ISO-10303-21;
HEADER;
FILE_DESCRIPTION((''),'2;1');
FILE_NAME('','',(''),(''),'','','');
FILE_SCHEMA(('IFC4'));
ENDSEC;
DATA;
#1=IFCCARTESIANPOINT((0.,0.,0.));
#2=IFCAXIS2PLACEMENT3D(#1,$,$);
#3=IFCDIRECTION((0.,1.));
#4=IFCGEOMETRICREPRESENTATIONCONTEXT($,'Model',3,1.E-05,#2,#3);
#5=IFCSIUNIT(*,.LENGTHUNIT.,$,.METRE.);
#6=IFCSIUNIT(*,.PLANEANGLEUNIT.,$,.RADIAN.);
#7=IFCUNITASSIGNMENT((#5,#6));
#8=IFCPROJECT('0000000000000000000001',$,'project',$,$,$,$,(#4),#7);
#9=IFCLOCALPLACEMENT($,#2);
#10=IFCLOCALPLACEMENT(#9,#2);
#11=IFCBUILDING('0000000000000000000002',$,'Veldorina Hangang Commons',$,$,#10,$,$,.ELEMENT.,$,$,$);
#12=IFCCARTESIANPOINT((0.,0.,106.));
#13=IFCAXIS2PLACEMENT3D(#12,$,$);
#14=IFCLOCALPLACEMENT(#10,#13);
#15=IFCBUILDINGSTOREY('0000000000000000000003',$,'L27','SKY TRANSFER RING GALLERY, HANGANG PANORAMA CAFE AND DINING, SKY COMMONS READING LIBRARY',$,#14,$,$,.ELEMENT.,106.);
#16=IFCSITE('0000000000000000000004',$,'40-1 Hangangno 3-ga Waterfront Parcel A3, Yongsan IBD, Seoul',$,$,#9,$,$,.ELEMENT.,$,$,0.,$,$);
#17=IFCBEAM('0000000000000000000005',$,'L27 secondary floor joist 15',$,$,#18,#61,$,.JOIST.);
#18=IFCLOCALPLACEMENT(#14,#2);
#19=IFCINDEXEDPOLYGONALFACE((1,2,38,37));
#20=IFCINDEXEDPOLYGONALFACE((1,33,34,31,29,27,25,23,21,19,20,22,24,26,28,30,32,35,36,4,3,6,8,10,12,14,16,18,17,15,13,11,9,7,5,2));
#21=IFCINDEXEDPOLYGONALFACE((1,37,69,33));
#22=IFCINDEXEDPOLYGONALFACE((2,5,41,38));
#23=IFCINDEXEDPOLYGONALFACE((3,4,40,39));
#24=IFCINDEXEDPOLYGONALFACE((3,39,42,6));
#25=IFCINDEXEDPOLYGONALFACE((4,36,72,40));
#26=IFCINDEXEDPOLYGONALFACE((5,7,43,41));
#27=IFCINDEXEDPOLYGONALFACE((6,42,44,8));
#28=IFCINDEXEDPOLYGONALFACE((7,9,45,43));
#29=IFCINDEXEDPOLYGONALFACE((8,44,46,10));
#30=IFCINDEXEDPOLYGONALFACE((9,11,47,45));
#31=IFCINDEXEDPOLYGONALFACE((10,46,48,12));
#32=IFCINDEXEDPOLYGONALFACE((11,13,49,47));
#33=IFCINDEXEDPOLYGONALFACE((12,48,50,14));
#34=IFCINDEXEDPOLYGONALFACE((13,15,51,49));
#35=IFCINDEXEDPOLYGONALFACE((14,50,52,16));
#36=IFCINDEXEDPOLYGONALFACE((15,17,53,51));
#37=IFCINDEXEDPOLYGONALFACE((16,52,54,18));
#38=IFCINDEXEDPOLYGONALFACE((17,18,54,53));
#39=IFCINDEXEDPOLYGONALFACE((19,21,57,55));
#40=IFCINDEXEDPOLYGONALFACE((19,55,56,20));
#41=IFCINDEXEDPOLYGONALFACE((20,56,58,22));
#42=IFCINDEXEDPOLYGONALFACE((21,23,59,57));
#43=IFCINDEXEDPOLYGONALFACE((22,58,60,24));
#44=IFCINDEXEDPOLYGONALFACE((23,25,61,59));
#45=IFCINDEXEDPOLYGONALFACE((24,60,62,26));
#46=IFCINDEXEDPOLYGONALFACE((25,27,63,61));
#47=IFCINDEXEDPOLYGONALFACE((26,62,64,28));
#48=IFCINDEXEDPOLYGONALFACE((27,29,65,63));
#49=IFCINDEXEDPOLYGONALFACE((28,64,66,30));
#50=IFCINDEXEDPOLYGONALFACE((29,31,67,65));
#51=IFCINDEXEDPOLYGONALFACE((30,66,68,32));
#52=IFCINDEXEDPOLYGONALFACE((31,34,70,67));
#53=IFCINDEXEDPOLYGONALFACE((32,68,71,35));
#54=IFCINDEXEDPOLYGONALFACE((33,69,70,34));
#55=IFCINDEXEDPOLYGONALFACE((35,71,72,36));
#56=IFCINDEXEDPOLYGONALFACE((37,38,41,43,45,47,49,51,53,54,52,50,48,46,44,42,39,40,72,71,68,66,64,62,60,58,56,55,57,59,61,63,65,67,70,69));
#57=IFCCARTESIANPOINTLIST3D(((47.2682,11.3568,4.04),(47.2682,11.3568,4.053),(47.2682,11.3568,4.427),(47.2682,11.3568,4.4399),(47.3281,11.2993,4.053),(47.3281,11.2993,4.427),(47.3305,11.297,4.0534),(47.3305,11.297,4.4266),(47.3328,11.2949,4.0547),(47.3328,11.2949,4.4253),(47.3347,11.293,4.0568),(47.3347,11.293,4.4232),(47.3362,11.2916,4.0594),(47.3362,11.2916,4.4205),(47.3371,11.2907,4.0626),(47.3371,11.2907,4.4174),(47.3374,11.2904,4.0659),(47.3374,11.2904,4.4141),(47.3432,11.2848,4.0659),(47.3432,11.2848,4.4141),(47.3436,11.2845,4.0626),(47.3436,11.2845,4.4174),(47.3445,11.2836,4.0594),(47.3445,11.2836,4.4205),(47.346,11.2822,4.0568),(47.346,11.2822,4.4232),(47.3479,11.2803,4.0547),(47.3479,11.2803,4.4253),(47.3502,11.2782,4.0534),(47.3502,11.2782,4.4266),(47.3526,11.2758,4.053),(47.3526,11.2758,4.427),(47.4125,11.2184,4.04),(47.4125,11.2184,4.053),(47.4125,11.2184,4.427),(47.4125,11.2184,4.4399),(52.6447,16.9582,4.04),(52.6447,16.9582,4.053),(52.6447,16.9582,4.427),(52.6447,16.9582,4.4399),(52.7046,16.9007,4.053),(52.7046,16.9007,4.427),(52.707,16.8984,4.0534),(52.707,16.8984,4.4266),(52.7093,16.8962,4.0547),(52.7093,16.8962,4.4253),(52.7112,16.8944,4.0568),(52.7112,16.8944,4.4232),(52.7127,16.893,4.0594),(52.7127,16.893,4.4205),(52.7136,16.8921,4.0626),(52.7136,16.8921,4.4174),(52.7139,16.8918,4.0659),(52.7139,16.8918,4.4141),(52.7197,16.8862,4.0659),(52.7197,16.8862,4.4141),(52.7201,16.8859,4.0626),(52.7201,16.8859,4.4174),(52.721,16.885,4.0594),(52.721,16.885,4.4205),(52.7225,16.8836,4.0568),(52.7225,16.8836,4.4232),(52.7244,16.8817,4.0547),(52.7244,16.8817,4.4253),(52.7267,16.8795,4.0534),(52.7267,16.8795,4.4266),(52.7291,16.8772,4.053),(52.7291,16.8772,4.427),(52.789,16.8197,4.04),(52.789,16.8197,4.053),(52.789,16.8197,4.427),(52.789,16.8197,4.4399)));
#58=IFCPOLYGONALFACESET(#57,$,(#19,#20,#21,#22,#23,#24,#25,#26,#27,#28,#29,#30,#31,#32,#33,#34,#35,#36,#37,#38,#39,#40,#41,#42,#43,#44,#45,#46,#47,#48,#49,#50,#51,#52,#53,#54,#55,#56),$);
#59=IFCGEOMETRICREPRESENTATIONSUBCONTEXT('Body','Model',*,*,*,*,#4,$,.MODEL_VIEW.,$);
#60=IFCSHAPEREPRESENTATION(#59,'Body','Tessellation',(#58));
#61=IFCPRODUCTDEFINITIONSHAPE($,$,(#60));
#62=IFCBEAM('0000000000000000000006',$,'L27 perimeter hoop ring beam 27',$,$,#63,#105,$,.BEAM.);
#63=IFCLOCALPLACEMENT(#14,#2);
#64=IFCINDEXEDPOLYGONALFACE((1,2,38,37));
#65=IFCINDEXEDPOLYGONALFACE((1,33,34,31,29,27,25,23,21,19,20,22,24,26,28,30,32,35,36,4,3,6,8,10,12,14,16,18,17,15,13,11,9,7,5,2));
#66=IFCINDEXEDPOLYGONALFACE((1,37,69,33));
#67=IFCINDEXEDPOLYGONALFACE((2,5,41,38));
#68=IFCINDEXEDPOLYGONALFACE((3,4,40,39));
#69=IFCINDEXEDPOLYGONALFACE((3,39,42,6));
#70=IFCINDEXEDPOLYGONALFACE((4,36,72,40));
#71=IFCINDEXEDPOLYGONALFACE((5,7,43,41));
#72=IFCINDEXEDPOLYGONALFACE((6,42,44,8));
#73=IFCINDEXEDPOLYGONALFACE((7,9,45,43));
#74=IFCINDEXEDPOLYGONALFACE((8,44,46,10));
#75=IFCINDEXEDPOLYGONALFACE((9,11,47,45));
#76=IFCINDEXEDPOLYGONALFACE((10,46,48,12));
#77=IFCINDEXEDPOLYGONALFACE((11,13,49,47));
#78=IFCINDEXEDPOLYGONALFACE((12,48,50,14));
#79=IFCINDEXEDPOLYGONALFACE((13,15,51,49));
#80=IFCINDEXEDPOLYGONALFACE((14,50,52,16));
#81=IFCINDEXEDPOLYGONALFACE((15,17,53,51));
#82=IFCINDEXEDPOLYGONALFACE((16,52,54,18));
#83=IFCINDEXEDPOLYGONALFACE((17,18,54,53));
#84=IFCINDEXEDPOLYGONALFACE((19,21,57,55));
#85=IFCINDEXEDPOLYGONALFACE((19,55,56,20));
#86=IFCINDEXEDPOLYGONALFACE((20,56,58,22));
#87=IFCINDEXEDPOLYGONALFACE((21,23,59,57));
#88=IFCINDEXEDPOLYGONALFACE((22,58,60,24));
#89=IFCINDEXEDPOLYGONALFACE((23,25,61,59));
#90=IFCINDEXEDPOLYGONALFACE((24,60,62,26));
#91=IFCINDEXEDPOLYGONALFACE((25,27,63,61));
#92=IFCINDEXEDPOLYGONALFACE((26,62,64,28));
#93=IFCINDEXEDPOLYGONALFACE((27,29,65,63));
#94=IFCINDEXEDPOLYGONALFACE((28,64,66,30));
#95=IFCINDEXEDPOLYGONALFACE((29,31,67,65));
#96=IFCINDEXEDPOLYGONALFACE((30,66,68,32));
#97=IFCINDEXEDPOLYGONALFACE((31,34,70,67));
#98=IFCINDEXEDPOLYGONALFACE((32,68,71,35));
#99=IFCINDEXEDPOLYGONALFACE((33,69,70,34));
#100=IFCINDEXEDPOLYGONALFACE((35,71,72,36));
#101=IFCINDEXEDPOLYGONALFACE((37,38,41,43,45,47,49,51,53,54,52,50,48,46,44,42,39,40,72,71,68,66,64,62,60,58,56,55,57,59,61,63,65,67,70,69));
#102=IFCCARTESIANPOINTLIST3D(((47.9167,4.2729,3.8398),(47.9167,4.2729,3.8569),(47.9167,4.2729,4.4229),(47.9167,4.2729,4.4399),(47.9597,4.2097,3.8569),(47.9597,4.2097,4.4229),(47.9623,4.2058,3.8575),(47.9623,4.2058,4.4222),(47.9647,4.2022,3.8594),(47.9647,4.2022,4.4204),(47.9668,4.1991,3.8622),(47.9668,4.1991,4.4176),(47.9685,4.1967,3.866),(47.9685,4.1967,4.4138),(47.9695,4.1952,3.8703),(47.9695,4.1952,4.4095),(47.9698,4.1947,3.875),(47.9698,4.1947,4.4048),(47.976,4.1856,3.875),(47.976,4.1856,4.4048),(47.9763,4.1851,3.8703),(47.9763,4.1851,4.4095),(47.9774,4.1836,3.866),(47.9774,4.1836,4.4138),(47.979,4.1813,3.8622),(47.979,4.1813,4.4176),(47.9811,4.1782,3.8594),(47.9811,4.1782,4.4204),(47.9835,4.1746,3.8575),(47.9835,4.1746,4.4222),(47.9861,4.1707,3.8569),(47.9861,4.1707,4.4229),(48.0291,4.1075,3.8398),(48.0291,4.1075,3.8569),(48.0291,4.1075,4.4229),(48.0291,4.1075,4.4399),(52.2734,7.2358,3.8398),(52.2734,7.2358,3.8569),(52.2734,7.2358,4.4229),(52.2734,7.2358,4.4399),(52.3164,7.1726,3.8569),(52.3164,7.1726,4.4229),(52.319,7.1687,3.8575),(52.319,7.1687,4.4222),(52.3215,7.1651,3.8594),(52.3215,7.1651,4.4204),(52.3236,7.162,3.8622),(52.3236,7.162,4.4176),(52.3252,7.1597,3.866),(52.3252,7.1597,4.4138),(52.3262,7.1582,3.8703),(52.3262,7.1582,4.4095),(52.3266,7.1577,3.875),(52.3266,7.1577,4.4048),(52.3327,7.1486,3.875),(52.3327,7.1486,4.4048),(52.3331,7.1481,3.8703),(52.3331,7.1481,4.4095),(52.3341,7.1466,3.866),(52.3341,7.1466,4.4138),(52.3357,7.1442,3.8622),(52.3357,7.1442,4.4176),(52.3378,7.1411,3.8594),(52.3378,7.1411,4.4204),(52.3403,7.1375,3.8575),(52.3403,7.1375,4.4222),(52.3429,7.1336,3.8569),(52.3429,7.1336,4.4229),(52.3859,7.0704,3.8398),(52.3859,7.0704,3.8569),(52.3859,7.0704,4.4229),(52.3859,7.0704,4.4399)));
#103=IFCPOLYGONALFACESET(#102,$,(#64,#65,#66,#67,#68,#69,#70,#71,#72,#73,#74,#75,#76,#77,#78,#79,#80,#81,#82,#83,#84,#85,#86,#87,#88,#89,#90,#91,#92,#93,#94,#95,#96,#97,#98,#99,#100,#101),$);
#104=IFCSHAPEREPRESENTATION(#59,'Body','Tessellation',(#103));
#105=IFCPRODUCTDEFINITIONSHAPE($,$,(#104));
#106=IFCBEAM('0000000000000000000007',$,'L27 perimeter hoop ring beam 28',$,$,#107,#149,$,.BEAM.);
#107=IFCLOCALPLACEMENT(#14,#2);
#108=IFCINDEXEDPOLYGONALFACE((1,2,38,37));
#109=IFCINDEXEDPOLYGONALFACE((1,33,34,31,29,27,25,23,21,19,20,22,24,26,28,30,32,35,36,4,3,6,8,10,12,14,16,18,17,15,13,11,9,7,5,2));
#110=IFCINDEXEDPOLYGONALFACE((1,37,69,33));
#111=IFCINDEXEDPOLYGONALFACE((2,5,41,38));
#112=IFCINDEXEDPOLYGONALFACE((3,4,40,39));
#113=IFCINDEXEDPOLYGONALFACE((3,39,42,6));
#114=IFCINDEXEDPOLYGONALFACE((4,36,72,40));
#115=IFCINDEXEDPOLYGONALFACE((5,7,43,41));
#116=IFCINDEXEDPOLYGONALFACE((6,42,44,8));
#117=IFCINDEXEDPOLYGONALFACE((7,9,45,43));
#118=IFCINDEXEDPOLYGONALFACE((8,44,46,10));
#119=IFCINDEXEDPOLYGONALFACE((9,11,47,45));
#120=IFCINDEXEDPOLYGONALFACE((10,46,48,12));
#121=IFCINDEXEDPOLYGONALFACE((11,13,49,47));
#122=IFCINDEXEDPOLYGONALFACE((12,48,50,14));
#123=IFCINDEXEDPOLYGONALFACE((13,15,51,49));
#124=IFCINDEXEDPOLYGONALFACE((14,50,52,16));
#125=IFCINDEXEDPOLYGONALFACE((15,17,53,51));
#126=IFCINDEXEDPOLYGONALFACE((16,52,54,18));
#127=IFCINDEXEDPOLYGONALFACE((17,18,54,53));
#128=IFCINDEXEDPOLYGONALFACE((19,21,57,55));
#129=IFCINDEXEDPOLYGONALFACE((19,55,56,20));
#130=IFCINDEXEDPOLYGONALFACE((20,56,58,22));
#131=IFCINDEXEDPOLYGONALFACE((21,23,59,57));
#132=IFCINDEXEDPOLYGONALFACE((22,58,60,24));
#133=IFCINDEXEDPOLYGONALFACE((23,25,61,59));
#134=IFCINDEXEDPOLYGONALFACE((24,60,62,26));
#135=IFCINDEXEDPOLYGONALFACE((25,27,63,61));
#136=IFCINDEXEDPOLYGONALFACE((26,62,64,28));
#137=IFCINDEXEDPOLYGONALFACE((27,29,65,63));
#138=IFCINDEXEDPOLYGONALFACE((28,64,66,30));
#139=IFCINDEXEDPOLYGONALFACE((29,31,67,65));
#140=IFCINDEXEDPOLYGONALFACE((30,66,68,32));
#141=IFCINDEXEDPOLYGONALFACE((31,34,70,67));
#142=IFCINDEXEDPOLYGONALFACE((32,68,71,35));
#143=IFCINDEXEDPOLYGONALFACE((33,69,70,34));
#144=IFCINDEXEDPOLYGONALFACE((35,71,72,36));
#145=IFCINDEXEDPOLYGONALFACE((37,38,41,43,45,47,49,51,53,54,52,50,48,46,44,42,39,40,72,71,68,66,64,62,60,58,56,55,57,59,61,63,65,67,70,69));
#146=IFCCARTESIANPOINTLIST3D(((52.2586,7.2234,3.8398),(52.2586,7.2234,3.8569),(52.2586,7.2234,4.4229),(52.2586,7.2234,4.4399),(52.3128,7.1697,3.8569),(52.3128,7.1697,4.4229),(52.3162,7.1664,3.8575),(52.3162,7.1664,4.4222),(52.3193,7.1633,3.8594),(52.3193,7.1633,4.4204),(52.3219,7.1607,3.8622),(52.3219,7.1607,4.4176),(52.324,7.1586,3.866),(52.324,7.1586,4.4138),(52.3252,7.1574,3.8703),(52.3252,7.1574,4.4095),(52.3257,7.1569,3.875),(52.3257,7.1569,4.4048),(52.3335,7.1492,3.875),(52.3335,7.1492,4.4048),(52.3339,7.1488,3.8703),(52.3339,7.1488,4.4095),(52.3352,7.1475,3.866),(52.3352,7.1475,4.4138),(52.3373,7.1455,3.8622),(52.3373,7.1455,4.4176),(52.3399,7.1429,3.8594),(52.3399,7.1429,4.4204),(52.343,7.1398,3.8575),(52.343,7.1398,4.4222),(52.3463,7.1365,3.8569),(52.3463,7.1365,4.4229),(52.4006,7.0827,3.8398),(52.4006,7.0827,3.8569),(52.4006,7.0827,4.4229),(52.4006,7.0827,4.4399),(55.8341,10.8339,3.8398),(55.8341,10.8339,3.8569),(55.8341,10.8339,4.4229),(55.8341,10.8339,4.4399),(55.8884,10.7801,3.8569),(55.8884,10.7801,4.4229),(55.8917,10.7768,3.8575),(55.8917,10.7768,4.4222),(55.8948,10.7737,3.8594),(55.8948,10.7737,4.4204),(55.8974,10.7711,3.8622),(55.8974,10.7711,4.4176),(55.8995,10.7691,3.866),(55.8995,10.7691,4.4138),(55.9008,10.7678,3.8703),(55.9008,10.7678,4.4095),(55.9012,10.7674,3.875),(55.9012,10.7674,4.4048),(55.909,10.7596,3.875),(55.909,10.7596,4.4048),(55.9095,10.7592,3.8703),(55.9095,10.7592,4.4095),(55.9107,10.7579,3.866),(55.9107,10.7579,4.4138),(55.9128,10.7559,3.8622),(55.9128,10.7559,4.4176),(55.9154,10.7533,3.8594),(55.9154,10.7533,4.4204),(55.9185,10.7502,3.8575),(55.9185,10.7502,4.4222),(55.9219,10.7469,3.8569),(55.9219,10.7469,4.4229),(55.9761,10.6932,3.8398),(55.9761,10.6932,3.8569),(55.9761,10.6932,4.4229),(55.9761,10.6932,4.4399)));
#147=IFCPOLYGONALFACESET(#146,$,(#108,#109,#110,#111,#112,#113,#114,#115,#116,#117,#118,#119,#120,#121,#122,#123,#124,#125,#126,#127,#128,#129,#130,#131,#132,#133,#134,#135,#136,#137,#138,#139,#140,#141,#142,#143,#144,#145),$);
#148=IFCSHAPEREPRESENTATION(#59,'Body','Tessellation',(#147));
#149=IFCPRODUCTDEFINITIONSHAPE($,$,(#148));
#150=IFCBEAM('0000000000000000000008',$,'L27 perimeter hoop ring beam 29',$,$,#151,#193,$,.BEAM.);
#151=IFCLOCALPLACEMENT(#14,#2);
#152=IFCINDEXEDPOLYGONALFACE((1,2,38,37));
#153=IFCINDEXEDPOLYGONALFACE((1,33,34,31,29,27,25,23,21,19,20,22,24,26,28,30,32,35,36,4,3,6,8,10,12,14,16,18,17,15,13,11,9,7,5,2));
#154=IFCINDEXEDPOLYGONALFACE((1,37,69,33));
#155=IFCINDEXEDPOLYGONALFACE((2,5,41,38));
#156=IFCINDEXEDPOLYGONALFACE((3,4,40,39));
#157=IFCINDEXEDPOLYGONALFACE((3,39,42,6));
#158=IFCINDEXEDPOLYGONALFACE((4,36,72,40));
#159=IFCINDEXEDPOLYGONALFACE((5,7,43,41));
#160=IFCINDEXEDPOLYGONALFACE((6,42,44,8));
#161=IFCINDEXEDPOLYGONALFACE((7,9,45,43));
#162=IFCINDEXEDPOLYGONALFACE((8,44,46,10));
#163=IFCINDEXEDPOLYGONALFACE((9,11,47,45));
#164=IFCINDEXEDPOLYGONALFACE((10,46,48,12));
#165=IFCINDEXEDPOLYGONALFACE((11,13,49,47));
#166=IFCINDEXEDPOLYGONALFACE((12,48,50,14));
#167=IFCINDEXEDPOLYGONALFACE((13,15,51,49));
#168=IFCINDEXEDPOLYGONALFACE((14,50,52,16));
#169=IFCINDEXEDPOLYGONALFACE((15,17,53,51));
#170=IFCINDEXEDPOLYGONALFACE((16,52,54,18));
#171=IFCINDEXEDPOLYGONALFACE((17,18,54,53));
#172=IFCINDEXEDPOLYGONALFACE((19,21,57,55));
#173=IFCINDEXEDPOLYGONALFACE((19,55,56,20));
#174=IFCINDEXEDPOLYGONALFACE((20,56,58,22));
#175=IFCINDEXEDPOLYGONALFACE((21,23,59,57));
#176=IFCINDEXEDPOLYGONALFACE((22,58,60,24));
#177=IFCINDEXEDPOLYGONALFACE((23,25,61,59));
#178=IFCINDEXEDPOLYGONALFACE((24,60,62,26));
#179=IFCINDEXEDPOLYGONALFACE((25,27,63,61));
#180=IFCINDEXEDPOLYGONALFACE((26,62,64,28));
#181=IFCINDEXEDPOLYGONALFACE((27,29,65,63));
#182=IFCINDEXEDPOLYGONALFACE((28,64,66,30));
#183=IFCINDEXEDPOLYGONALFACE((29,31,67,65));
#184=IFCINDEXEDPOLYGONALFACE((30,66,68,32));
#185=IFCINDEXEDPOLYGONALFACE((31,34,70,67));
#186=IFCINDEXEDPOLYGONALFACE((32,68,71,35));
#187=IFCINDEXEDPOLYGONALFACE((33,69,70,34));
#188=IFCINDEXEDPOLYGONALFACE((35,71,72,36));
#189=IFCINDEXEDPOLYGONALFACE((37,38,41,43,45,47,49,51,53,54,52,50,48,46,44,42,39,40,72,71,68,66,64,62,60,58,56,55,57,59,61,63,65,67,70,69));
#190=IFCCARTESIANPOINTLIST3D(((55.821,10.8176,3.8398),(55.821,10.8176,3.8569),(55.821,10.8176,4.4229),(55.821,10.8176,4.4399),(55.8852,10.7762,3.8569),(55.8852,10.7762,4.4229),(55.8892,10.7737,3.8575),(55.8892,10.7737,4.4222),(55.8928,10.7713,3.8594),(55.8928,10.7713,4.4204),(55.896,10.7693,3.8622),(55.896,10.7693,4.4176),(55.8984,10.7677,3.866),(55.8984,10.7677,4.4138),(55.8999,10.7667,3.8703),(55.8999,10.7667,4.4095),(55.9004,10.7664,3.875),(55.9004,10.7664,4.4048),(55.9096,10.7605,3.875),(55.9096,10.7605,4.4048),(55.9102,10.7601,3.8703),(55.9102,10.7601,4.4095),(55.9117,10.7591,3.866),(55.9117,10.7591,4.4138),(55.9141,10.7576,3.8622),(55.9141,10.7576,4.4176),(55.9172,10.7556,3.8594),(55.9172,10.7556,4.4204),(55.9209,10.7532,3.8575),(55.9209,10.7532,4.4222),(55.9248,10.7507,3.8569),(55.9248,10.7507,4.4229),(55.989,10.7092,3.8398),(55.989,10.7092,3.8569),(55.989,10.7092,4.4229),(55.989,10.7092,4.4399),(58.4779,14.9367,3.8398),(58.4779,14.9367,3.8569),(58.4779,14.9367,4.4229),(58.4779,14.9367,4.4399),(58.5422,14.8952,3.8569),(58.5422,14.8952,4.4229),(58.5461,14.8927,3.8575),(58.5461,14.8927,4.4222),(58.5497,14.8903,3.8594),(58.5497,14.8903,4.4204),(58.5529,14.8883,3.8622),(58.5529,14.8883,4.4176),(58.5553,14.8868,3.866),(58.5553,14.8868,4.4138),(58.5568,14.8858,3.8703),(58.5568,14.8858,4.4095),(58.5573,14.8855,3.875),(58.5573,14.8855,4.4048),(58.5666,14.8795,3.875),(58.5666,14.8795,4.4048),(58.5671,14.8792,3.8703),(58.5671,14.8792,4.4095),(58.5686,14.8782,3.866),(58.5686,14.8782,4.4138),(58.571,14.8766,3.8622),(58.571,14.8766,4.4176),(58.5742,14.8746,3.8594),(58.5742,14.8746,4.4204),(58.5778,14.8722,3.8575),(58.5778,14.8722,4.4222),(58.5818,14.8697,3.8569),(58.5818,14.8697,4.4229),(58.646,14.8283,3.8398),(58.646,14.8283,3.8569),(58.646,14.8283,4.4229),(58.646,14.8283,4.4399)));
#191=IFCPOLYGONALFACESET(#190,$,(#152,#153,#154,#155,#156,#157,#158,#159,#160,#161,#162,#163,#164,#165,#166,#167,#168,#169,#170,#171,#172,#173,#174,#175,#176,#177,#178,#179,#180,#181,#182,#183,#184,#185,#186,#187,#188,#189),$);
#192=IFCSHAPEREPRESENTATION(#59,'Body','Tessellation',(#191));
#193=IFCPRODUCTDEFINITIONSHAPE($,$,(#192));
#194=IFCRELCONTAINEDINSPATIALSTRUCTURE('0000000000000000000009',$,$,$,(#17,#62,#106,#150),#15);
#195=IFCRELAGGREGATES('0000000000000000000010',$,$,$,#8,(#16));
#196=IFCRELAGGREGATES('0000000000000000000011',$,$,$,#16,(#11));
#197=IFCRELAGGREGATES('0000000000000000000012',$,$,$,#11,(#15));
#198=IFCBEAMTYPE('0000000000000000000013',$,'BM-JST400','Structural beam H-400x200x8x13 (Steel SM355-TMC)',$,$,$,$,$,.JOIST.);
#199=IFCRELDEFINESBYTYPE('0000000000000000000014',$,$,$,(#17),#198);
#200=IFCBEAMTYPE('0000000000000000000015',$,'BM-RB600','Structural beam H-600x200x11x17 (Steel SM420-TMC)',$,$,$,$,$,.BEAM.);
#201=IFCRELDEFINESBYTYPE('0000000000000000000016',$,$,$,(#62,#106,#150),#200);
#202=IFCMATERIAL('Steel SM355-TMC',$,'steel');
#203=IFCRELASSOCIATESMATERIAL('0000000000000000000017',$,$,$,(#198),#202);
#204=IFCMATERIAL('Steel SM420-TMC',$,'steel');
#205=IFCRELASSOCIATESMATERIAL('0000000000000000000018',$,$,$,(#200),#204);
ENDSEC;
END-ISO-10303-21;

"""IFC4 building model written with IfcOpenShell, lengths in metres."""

from ifc_helpers import new_model, si_unit, direction, frame, origin, origin_2d, place, context, subcontext, project, spatial, i_section, extrude, material, material_profile, profile_set, type_object, element, save


model = new_model("IFC4")

# Units and contexts
model_context = context("Model", 3, precision=1e-05, world=origin(), true_north=direction((0.0, 1.0)))
body_context = subcontext(model_context, "Body", "Model", "MODEL_VIEW")
ifc_project = project(units=[si_unit("LENGTHUNIT", "METRE"), si_unit("PLANEANGLEUNIT", "RADIAN")], contexts=[model_context])

# Site, building, storey
site_placement = place(None, origin())
site = spatial("IfcSite", under=ifc_project, at=site_placement, Name="40-1 Hangangno 3-ga Waterfront Parcel A3, Yongsan IBD, Seoul", CompositionType="ELEMENT", RefElevation=0.0)
building_placement = place(site_placement, origin())
building = spatial("IfcBuilding", under=site, at=building_placement, Name="Veldorina Hangang Commons", CompositionType="ELEMENT")
storey_placement = place(building_placement, frame((0.0, 0.0, 106.0)))
storey = spatial("IfcBuildingStorey", under=building, at=storey_placement, Name="L27", Description="SKY TRANSFER RING GALLERY, HANGANG PANORAMA CAFE AND DINING, SKY COMMONS READING LIBRARY", CompositionType="ELEMENT", Elevation=106.0)

# Beams
ifc_material_1 = material(Name="Steel SM355-TMC", Category="steel")
ifc_material_profile_1 = material_profile(ifc_material_1, i_section(OverallWidth=0.2, OverallDepth=0.3999, WebThickness=0.0081, FlangeThickness=0.0129, FilletRadius=0.0129, at=origin_2d()), Name="H-400x200x8x13")
ifc_profile_set_1 = profile_set([ifc_material_profile_1], Name="Steel SM355-TMC")
beam_type_1 = type_object("IfcBeamType", Name="BM-JST400", Description="Structural beam H-400x200x8x13 (Steel SM355-TMC)", PredefinedType="JOIST", material=ifc_profile_set_1)
beam_1_placement = place(storey_placement, frame((47.3403, 11.2876, 4.24), z_axis=(0.692478, 0.721439, 0.0), x_axis=(-0.721439, 0.692478, 0.0)))
element("IfcBeam", 1, at=beam_1_placement, inside=storey, type_object=beam_type_1, Name="L27 secondary floor joist 15", PredefinedType="JOIST", context=body_context, shape_type="SweptSolid", body=[
    extrude(i_section(OverallWidth=0.2, OverallDepth=0.3999, WebThickness=0.0081, FlangeThickness=0.0129, FilletRadius=0.0129, at=origin_2d()), origin(), (0.0, 0.0, 1.0), 7.7642),
])
ifc_material_2 = material(Name="Steel SM420-TMC", Category="steel")
ifc_material_profile_2 = material_profile(ifc_material_2, i_section(OverallWidth=0.2, OverallDepth=0.6001, WebThickness=0.011, FlangeThickness=0.0171, FilletRadius=0.0181, at=origin_2d()), Name="H-600x200x11x17")
ifc_profile_set_2 = profile_set([ifc_material_profile_2], Name="Steel SM420-TMC")
beam_type_2 = type_object("IfcBeamType", Name="BM-RB600", Description="Structural beam H-600x200x11x17 (Steel SM420-TMC)", PredefinedType="BEAM", material=ifc_profile_set_2)
beam_2_placement = place(storey_placement, frame((47.9729, 4.1902, 4.1399), z_axis=(0.826896, 0.562354, 0.0), x_axis=(-0.562354, 0.826896, 0.0)))
element("IfcBeam", 2, at=beam_2_placement, inside=storey, type_object=beam_type_2, Name="L27 perimeter hoop ring beam 27", PredefinedType="BEAM", context=body_context, shape_type="SweptSolid", body=[
    extrude(i_section(OverallWidth=0.2, OverallDepth=0.6001, WebThickness=0.011, FlangeThickness=0.0171, FilletRadius=0.0181, at=origin_2d()), origin(), (0.0, 0.0, 1.0), 5.2688),
])
beam_3_placement = place(storey_placement, frame((52.3296, 7.1531, 4.1399), z_axis=(0.703663, 0.710534, 0.0), x_axis=(-0.710534, 0.703663, 0.0)))
element("IfcBeam", 3, at=beam_3_placement, inside=storey, type_object=beam_type_2, Name="L27 perimeter hoop ring beam 28", PredefinedType="BEAM", context=body_context, shape_type="SweptSolid", body=[
    extrude(i_section(OverallWidth=0.2, OverallDepth=0.6001, WebThickness=0.011, FlangeThickness=0.0171, FilletRadius=0.0181, at=origin_2d()), origin(), (0.0, 0.0, 1.0), 5.0813),
])
beam_4_placement = place(storey_placement, frame((55.905, 10.7634, 4.1399), z_axis=(0.542051, 0.840346, 0.0), x_axis=(-0.840346, 0.542051, 0.0)))
element("IfcBeam", 4, at=beam_4_placement, inside=storey, type_object=beam_type_2, Name="L27 perimeter hoop ring beam 29", PredefinedType="BEAM", context=body_context, shape_type="SweptSolid", body=[
    extrude(i_section(OverallWidth=0.2, OverallDepth=0.6001, WebThickness=0.011, FlangeThickness=0.0171, FilletRadius=0.0181, at=origin_2d()), origin(), (0.0, 0.0, 1.0), 4.9016),
])

save(model, "model.ifc")
